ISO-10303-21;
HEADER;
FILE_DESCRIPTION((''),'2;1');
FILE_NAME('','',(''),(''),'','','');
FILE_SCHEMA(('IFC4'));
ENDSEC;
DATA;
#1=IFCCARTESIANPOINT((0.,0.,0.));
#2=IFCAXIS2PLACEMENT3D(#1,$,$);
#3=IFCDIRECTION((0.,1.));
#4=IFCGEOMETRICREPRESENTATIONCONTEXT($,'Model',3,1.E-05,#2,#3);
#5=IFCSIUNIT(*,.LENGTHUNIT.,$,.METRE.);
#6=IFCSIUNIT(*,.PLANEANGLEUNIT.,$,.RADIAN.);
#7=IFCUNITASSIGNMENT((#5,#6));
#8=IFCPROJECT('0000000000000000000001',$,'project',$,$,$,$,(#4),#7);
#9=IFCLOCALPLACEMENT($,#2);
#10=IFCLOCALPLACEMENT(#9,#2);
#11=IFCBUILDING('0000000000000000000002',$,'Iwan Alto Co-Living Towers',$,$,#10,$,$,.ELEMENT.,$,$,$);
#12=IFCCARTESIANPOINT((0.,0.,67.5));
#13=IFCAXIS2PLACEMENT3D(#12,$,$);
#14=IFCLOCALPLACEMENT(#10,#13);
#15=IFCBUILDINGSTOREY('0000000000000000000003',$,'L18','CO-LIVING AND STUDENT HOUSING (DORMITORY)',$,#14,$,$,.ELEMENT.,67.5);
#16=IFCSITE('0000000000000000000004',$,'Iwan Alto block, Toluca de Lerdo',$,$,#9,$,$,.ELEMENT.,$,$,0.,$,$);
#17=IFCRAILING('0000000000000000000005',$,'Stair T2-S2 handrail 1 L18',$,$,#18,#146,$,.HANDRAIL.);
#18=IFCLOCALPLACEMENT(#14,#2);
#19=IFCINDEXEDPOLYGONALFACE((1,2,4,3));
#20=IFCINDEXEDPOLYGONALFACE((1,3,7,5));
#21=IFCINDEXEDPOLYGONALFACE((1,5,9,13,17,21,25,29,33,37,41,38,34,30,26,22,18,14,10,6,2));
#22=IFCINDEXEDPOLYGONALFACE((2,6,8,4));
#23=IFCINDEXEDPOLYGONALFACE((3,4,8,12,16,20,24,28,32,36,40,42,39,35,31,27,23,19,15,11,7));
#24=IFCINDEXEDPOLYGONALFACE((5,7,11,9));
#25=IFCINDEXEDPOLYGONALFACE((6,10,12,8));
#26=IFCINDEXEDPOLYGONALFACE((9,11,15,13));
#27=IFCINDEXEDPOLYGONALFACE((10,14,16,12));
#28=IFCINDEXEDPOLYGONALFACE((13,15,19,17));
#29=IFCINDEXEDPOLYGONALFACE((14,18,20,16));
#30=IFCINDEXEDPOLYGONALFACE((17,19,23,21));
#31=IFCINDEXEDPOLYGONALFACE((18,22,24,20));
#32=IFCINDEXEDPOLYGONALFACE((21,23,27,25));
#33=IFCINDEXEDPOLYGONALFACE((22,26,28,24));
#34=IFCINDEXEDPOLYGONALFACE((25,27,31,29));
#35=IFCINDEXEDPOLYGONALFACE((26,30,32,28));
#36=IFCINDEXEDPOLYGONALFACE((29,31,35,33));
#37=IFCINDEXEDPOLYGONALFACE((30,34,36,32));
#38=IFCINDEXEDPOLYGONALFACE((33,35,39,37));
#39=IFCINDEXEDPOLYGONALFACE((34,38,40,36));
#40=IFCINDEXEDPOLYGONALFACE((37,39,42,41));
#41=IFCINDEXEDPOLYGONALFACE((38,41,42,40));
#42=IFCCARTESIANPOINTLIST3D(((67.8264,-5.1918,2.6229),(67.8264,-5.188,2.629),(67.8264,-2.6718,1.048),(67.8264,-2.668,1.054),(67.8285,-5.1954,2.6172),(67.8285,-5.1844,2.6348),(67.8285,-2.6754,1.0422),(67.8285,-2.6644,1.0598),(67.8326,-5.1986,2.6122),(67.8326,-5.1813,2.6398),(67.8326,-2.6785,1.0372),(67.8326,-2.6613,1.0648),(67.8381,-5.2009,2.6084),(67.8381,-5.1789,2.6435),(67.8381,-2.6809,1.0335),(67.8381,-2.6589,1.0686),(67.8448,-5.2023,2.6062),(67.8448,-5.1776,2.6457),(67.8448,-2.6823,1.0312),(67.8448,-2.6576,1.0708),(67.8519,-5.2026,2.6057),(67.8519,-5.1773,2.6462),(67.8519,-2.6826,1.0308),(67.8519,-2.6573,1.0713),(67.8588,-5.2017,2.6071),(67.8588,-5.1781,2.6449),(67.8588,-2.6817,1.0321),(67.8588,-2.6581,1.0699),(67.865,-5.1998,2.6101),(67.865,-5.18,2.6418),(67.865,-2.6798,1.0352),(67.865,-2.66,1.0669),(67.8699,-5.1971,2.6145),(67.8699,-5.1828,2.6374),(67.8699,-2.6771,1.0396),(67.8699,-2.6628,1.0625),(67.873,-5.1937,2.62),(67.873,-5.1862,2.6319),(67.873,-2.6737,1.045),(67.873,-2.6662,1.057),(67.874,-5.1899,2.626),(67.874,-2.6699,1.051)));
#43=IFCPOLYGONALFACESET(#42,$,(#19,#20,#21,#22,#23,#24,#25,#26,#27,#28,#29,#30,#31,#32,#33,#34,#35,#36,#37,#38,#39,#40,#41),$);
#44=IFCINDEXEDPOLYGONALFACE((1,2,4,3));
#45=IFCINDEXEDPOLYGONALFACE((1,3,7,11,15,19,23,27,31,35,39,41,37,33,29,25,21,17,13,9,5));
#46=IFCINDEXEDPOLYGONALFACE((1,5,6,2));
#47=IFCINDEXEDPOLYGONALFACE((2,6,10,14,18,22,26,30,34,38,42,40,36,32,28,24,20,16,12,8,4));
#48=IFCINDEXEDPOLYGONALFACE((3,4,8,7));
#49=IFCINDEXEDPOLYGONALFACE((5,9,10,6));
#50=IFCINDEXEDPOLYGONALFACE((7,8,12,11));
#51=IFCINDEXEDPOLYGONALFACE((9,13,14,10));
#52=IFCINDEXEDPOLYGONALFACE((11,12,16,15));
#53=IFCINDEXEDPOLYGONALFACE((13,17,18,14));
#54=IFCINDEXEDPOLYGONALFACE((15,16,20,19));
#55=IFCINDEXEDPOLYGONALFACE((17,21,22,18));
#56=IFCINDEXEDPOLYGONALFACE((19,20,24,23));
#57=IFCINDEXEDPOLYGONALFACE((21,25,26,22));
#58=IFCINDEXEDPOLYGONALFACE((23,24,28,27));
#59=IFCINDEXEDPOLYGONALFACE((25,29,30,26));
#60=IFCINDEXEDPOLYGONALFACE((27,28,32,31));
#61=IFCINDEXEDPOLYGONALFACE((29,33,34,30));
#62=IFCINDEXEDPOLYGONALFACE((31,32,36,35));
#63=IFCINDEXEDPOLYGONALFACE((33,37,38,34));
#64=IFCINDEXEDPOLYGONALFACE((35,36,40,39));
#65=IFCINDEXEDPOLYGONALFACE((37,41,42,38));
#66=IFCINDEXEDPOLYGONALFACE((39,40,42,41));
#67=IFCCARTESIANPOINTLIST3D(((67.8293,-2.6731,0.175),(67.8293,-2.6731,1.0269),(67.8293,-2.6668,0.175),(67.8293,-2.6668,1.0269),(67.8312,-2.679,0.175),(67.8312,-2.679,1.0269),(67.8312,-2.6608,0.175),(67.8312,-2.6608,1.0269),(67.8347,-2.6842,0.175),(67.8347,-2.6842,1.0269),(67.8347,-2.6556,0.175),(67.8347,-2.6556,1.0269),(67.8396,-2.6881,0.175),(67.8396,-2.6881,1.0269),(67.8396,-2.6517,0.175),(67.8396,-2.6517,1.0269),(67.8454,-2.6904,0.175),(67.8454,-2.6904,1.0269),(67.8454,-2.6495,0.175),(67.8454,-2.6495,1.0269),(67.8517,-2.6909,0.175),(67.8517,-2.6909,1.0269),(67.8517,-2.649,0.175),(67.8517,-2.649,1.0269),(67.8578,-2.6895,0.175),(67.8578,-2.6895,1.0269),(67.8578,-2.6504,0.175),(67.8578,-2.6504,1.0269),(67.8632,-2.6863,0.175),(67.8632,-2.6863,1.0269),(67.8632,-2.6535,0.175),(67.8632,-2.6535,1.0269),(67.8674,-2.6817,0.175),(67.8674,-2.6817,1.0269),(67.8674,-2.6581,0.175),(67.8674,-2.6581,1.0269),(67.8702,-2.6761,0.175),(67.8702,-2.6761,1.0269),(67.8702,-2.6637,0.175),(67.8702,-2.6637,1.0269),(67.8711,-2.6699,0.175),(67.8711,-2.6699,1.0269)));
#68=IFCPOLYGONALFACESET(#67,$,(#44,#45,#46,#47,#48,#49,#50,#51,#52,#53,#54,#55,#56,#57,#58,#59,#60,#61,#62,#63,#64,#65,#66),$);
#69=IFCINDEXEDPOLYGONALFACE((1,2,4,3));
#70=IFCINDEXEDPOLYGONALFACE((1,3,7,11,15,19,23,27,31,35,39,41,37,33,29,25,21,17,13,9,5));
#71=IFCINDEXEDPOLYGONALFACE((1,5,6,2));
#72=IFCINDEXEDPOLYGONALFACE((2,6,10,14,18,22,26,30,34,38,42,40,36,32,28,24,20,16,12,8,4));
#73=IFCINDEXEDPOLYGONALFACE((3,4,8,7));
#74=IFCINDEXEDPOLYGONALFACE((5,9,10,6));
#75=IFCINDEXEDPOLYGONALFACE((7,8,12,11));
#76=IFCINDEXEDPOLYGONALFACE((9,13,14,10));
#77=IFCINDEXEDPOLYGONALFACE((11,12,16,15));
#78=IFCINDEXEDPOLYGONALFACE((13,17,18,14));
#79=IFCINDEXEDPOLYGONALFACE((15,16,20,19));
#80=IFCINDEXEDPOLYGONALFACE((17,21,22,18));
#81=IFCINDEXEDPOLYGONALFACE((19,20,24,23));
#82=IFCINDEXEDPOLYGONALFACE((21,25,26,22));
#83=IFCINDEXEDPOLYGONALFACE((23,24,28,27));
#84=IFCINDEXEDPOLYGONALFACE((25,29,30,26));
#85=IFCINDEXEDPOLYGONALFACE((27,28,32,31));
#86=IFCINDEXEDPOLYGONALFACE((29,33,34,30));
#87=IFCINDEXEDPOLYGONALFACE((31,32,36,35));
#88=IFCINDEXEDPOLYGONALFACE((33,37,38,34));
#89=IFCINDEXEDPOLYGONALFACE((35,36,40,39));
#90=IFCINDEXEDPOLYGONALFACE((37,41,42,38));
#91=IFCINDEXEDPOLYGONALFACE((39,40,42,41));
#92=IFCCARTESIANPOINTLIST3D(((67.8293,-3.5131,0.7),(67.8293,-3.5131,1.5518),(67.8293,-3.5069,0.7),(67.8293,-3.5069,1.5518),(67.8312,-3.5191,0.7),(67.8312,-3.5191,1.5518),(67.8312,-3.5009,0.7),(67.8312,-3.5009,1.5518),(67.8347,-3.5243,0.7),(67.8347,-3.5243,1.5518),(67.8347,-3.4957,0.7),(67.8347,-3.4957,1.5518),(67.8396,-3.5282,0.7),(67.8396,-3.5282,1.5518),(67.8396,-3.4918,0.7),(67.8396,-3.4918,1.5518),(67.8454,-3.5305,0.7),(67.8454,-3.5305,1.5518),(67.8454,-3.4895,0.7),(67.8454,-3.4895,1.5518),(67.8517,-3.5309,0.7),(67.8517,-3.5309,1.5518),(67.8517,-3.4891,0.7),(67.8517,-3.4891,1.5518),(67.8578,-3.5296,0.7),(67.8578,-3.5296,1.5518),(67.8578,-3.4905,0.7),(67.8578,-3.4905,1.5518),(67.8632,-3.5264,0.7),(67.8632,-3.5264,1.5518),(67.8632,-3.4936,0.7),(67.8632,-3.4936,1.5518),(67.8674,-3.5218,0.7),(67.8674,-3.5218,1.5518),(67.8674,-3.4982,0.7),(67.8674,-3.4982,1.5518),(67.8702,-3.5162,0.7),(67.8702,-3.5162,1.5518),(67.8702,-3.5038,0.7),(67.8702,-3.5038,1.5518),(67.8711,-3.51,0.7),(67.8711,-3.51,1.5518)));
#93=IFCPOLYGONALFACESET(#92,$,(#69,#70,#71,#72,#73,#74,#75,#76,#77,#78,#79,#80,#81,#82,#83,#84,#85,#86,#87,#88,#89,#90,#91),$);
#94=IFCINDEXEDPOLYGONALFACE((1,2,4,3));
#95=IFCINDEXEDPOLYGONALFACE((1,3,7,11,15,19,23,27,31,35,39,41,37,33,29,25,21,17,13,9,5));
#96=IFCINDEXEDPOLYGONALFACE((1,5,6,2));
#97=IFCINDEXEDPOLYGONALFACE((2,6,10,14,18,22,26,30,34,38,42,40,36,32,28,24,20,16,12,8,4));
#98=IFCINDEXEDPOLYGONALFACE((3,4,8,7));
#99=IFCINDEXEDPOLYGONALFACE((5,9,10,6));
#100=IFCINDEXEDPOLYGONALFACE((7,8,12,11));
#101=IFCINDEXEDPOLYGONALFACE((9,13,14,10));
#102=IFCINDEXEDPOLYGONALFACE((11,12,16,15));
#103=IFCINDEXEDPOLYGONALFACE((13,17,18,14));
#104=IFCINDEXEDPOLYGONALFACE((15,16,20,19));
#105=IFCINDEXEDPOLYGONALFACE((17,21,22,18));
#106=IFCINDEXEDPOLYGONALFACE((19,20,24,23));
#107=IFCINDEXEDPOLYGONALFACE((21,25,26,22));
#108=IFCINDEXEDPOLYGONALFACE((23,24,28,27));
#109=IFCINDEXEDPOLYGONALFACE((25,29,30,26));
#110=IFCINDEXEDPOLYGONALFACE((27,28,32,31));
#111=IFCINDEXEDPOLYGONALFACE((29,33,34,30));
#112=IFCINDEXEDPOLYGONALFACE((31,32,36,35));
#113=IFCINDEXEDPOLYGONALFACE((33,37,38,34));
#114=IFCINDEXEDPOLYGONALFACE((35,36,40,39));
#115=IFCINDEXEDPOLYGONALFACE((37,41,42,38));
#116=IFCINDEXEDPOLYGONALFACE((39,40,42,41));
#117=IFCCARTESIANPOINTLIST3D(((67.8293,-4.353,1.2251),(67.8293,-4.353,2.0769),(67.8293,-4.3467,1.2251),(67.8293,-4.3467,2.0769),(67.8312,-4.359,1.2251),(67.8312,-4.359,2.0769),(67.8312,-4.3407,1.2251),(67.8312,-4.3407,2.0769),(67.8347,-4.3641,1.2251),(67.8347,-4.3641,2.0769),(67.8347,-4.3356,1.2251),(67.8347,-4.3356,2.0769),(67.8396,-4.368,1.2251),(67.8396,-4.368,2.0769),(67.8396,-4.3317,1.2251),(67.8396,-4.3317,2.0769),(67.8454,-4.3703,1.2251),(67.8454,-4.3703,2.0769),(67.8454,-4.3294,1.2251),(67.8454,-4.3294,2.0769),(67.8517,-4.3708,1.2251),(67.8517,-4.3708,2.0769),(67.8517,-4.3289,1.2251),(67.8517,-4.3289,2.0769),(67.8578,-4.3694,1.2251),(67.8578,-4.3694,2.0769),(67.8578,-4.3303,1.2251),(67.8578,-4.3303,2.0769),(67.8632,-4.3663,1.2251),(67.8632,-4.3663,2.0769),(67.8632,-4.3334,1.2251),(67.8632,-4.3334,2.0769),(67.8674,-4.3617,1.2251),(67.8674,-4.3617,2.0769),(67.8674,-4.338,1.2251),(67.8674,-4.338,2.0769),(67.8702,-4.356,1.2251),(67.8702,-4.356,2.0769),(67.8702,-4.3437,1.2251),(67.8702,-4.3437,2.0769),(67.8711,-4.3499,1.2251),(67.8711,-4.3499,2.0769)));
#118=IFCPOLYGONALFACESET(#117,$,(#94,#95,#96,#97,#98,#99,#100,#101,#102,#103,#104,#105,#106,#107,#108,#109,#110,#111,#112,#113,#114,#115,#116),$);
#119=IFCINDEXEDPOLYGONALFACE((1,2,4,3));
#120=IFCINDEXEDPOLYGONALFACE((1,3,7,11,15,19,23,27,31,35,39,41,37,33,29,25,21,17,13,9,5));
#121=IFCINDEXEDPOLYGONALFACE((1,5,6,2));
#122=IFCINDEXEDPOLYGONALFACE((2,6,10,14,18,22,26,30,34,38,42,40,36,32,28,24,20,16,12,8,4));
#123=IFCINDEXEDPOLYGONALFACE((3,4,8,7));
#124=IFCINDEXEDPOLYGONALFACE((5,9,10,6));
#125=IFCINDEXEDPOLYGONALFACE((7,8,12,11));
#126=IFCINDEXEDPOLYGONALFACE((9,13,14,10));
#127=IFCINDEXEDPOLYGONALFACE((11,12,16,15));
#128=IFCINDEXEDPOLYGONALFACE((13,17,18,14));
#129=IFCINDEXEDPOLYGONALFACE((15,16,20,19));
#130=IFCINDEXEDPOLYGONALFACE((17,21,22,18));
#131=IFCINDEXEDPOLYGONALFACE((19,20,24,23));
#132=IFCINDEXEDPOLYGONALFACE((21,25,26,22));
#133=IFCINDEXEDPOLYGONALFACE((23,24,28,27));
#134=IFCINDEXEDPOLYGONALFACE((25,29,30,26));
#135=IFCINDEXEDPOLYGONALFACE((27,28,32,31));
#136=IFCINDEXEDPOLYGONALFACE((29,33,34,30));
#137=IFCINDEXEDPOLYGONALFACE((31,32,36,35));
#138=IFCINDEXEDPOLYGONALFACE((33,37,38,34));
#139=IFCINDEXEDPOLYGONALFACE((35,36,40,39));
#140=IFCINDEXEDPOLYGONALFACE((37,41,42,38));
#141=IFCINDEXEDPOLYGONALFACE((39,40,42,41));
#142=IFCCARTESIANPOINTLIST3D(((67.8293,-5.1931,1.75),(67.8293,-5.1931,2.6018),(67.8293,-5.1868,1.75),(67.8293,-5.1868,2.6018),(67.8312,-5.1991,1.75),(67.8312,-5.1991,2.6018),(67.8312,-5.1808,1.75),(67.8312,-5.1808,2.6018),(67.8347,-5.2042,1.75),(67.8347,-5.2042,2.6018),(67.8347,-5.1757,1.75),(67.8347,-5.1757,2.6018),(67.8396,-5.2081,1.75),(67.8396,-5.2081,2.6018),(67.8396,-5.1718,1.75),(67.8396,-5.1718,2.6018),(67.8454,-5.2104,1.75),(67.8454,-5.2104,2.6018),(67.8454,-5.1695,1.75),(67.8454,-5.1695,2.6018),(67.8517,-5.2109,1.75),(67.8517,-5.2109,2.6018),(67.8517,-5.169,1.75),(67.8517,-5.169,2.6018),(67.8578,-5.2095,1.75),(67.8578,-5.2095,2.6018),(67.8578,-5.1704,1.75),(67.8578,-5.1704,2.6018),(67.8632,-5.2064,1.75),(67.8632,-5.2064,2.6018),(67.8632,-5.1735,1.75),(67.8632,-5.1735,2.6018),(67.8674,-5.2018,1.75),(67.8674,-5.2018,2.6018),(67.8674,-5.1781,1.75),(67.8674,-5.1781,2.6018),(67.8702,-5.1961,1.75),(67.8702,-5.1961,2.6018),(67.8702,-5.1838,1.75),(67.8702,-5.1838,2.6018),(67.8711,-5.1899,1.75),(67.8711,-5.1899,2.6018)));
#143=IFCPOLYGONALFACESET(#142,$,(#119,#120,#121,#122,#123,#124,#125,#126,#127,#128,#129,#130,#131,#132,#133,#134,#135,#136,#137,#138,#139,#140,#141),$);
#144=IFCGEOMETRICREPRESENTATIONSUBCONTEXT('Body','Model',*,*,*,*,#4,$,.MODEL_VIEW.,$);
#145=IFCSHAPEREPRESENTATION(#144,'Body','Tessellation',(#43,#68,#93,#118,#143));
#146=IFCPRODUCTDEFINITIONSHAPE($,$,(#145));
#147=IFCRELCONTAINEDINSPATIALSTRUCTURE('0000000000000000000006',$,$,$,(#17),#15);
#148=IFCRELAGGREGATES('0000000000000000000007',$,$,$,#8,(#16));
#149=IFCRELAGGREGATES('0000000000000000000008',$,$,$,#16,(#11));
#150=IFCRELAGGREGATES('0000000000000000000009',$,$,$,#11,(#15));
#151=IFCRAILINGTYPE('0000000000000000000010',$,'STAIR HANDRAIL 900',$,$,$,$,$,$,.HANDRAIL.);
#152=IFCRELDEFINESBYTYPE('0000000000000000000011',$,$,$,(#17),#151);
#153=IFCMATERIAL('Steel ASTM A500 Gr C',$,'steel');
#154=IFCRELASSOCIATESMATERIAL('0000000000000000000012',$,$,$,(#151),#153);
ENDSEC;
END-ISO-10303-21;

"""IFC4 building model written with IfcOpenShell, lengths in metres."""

from ifc_helpers import new_model, si_unit, direction, frame, origin, origin_2d, place, context, subcontext, project, spatial, circle, extrude, material, type_object, element, save


model = new_model("IFC4")

# Units and contexts
model_context = context("Model", 3, precision=1e-05, world=origin(), true_north=direction((0.0, 1.0)))
body_context = subcontext(model_context, "Body", "Model", "MODEL_VIEW")
ifc_project = project(units=[si_unit("LENGTHUNIT", "METRE"), si_unit("PLANEANGLEUNIT", "RADIAN")], contexts=[model_context])

# Site, building, storey
site_placement = place(None, origin())
site = spatial("IfcSite", under=ifc_project, at=site_placement, Name="Iwan Alto block, Toluca de Lerdo", CompositionType="ELEMENT", RefElevation=0.0)
building_placement = place(site_placement, origin())
building = spatial("IfcBuilding", under=site, at=building_placement, Name="Iwan Alto Co-Living Towers", CompositionType="ELEMENT")
storey_placement = place(building_placement, frame((0.0, 0.0, 67.5)))
storey = spatial("IfcBuildingStorey", under=building, at=storey_placement, Name="L18", Description="CO-LIVING AND STUDENT HOUSING (DORMITORY)", CompositionType="ELEMENT", Elevation=67.5)

# Railing
ifc_material_1 = material(Name="Steel ASTM A500 Gr C", Category="steel")
railing_type_1 = type_object("IfcRailingType", Name="STAIR HANDRAIL 900", PredefinedType="HANDRAIL", material=ifc_material_1)
railing_1_placement = place(storey_placement, frame((67.8501, -2.6699, 0.175)))
element("IfcRailing", 1, at=railing_1_placement, inside=storey, type_object=railing_type_1, Name="Stair T2-S2 handrail 1 L18", PredefinedType="HANDRAIL", context=body_context, shape_type="SweptSolid", body=[
    extrude(circle(Radius=0.0239, at=origin_2d()), frame((0.0, 0.0, 0.876), z_axis=(0.0, -0.848008, 0.529984), x_axis=(1.0, 0.0, 0.0)), (0.0, 0.0, 1.0), 2.9717),
    extrude(circle(Radius=0.021, at=origin_2d()), origin(), (0.0, 0.0, 1.0), 0.8518),
    extrude(circle(Radius=0.021, at=origin_2d()), frame((0.0, -0.8401, 0.5249)), (0.0, 0.0, 1.0), 0.8518),
    extrude(circle(Radius=0.021, at=origin_2d()), frame((0.0, -1.6799, 1.05)), (0.0, 0.0, 1.0), 0.8518),
    extrude(circle(Radius=0.021, at=origin_2d()), frame((0.0, -2.52, 1.575)), (0.0, 0.0, 1.0), 0.8518),
])

save(model, "model.ifc")
